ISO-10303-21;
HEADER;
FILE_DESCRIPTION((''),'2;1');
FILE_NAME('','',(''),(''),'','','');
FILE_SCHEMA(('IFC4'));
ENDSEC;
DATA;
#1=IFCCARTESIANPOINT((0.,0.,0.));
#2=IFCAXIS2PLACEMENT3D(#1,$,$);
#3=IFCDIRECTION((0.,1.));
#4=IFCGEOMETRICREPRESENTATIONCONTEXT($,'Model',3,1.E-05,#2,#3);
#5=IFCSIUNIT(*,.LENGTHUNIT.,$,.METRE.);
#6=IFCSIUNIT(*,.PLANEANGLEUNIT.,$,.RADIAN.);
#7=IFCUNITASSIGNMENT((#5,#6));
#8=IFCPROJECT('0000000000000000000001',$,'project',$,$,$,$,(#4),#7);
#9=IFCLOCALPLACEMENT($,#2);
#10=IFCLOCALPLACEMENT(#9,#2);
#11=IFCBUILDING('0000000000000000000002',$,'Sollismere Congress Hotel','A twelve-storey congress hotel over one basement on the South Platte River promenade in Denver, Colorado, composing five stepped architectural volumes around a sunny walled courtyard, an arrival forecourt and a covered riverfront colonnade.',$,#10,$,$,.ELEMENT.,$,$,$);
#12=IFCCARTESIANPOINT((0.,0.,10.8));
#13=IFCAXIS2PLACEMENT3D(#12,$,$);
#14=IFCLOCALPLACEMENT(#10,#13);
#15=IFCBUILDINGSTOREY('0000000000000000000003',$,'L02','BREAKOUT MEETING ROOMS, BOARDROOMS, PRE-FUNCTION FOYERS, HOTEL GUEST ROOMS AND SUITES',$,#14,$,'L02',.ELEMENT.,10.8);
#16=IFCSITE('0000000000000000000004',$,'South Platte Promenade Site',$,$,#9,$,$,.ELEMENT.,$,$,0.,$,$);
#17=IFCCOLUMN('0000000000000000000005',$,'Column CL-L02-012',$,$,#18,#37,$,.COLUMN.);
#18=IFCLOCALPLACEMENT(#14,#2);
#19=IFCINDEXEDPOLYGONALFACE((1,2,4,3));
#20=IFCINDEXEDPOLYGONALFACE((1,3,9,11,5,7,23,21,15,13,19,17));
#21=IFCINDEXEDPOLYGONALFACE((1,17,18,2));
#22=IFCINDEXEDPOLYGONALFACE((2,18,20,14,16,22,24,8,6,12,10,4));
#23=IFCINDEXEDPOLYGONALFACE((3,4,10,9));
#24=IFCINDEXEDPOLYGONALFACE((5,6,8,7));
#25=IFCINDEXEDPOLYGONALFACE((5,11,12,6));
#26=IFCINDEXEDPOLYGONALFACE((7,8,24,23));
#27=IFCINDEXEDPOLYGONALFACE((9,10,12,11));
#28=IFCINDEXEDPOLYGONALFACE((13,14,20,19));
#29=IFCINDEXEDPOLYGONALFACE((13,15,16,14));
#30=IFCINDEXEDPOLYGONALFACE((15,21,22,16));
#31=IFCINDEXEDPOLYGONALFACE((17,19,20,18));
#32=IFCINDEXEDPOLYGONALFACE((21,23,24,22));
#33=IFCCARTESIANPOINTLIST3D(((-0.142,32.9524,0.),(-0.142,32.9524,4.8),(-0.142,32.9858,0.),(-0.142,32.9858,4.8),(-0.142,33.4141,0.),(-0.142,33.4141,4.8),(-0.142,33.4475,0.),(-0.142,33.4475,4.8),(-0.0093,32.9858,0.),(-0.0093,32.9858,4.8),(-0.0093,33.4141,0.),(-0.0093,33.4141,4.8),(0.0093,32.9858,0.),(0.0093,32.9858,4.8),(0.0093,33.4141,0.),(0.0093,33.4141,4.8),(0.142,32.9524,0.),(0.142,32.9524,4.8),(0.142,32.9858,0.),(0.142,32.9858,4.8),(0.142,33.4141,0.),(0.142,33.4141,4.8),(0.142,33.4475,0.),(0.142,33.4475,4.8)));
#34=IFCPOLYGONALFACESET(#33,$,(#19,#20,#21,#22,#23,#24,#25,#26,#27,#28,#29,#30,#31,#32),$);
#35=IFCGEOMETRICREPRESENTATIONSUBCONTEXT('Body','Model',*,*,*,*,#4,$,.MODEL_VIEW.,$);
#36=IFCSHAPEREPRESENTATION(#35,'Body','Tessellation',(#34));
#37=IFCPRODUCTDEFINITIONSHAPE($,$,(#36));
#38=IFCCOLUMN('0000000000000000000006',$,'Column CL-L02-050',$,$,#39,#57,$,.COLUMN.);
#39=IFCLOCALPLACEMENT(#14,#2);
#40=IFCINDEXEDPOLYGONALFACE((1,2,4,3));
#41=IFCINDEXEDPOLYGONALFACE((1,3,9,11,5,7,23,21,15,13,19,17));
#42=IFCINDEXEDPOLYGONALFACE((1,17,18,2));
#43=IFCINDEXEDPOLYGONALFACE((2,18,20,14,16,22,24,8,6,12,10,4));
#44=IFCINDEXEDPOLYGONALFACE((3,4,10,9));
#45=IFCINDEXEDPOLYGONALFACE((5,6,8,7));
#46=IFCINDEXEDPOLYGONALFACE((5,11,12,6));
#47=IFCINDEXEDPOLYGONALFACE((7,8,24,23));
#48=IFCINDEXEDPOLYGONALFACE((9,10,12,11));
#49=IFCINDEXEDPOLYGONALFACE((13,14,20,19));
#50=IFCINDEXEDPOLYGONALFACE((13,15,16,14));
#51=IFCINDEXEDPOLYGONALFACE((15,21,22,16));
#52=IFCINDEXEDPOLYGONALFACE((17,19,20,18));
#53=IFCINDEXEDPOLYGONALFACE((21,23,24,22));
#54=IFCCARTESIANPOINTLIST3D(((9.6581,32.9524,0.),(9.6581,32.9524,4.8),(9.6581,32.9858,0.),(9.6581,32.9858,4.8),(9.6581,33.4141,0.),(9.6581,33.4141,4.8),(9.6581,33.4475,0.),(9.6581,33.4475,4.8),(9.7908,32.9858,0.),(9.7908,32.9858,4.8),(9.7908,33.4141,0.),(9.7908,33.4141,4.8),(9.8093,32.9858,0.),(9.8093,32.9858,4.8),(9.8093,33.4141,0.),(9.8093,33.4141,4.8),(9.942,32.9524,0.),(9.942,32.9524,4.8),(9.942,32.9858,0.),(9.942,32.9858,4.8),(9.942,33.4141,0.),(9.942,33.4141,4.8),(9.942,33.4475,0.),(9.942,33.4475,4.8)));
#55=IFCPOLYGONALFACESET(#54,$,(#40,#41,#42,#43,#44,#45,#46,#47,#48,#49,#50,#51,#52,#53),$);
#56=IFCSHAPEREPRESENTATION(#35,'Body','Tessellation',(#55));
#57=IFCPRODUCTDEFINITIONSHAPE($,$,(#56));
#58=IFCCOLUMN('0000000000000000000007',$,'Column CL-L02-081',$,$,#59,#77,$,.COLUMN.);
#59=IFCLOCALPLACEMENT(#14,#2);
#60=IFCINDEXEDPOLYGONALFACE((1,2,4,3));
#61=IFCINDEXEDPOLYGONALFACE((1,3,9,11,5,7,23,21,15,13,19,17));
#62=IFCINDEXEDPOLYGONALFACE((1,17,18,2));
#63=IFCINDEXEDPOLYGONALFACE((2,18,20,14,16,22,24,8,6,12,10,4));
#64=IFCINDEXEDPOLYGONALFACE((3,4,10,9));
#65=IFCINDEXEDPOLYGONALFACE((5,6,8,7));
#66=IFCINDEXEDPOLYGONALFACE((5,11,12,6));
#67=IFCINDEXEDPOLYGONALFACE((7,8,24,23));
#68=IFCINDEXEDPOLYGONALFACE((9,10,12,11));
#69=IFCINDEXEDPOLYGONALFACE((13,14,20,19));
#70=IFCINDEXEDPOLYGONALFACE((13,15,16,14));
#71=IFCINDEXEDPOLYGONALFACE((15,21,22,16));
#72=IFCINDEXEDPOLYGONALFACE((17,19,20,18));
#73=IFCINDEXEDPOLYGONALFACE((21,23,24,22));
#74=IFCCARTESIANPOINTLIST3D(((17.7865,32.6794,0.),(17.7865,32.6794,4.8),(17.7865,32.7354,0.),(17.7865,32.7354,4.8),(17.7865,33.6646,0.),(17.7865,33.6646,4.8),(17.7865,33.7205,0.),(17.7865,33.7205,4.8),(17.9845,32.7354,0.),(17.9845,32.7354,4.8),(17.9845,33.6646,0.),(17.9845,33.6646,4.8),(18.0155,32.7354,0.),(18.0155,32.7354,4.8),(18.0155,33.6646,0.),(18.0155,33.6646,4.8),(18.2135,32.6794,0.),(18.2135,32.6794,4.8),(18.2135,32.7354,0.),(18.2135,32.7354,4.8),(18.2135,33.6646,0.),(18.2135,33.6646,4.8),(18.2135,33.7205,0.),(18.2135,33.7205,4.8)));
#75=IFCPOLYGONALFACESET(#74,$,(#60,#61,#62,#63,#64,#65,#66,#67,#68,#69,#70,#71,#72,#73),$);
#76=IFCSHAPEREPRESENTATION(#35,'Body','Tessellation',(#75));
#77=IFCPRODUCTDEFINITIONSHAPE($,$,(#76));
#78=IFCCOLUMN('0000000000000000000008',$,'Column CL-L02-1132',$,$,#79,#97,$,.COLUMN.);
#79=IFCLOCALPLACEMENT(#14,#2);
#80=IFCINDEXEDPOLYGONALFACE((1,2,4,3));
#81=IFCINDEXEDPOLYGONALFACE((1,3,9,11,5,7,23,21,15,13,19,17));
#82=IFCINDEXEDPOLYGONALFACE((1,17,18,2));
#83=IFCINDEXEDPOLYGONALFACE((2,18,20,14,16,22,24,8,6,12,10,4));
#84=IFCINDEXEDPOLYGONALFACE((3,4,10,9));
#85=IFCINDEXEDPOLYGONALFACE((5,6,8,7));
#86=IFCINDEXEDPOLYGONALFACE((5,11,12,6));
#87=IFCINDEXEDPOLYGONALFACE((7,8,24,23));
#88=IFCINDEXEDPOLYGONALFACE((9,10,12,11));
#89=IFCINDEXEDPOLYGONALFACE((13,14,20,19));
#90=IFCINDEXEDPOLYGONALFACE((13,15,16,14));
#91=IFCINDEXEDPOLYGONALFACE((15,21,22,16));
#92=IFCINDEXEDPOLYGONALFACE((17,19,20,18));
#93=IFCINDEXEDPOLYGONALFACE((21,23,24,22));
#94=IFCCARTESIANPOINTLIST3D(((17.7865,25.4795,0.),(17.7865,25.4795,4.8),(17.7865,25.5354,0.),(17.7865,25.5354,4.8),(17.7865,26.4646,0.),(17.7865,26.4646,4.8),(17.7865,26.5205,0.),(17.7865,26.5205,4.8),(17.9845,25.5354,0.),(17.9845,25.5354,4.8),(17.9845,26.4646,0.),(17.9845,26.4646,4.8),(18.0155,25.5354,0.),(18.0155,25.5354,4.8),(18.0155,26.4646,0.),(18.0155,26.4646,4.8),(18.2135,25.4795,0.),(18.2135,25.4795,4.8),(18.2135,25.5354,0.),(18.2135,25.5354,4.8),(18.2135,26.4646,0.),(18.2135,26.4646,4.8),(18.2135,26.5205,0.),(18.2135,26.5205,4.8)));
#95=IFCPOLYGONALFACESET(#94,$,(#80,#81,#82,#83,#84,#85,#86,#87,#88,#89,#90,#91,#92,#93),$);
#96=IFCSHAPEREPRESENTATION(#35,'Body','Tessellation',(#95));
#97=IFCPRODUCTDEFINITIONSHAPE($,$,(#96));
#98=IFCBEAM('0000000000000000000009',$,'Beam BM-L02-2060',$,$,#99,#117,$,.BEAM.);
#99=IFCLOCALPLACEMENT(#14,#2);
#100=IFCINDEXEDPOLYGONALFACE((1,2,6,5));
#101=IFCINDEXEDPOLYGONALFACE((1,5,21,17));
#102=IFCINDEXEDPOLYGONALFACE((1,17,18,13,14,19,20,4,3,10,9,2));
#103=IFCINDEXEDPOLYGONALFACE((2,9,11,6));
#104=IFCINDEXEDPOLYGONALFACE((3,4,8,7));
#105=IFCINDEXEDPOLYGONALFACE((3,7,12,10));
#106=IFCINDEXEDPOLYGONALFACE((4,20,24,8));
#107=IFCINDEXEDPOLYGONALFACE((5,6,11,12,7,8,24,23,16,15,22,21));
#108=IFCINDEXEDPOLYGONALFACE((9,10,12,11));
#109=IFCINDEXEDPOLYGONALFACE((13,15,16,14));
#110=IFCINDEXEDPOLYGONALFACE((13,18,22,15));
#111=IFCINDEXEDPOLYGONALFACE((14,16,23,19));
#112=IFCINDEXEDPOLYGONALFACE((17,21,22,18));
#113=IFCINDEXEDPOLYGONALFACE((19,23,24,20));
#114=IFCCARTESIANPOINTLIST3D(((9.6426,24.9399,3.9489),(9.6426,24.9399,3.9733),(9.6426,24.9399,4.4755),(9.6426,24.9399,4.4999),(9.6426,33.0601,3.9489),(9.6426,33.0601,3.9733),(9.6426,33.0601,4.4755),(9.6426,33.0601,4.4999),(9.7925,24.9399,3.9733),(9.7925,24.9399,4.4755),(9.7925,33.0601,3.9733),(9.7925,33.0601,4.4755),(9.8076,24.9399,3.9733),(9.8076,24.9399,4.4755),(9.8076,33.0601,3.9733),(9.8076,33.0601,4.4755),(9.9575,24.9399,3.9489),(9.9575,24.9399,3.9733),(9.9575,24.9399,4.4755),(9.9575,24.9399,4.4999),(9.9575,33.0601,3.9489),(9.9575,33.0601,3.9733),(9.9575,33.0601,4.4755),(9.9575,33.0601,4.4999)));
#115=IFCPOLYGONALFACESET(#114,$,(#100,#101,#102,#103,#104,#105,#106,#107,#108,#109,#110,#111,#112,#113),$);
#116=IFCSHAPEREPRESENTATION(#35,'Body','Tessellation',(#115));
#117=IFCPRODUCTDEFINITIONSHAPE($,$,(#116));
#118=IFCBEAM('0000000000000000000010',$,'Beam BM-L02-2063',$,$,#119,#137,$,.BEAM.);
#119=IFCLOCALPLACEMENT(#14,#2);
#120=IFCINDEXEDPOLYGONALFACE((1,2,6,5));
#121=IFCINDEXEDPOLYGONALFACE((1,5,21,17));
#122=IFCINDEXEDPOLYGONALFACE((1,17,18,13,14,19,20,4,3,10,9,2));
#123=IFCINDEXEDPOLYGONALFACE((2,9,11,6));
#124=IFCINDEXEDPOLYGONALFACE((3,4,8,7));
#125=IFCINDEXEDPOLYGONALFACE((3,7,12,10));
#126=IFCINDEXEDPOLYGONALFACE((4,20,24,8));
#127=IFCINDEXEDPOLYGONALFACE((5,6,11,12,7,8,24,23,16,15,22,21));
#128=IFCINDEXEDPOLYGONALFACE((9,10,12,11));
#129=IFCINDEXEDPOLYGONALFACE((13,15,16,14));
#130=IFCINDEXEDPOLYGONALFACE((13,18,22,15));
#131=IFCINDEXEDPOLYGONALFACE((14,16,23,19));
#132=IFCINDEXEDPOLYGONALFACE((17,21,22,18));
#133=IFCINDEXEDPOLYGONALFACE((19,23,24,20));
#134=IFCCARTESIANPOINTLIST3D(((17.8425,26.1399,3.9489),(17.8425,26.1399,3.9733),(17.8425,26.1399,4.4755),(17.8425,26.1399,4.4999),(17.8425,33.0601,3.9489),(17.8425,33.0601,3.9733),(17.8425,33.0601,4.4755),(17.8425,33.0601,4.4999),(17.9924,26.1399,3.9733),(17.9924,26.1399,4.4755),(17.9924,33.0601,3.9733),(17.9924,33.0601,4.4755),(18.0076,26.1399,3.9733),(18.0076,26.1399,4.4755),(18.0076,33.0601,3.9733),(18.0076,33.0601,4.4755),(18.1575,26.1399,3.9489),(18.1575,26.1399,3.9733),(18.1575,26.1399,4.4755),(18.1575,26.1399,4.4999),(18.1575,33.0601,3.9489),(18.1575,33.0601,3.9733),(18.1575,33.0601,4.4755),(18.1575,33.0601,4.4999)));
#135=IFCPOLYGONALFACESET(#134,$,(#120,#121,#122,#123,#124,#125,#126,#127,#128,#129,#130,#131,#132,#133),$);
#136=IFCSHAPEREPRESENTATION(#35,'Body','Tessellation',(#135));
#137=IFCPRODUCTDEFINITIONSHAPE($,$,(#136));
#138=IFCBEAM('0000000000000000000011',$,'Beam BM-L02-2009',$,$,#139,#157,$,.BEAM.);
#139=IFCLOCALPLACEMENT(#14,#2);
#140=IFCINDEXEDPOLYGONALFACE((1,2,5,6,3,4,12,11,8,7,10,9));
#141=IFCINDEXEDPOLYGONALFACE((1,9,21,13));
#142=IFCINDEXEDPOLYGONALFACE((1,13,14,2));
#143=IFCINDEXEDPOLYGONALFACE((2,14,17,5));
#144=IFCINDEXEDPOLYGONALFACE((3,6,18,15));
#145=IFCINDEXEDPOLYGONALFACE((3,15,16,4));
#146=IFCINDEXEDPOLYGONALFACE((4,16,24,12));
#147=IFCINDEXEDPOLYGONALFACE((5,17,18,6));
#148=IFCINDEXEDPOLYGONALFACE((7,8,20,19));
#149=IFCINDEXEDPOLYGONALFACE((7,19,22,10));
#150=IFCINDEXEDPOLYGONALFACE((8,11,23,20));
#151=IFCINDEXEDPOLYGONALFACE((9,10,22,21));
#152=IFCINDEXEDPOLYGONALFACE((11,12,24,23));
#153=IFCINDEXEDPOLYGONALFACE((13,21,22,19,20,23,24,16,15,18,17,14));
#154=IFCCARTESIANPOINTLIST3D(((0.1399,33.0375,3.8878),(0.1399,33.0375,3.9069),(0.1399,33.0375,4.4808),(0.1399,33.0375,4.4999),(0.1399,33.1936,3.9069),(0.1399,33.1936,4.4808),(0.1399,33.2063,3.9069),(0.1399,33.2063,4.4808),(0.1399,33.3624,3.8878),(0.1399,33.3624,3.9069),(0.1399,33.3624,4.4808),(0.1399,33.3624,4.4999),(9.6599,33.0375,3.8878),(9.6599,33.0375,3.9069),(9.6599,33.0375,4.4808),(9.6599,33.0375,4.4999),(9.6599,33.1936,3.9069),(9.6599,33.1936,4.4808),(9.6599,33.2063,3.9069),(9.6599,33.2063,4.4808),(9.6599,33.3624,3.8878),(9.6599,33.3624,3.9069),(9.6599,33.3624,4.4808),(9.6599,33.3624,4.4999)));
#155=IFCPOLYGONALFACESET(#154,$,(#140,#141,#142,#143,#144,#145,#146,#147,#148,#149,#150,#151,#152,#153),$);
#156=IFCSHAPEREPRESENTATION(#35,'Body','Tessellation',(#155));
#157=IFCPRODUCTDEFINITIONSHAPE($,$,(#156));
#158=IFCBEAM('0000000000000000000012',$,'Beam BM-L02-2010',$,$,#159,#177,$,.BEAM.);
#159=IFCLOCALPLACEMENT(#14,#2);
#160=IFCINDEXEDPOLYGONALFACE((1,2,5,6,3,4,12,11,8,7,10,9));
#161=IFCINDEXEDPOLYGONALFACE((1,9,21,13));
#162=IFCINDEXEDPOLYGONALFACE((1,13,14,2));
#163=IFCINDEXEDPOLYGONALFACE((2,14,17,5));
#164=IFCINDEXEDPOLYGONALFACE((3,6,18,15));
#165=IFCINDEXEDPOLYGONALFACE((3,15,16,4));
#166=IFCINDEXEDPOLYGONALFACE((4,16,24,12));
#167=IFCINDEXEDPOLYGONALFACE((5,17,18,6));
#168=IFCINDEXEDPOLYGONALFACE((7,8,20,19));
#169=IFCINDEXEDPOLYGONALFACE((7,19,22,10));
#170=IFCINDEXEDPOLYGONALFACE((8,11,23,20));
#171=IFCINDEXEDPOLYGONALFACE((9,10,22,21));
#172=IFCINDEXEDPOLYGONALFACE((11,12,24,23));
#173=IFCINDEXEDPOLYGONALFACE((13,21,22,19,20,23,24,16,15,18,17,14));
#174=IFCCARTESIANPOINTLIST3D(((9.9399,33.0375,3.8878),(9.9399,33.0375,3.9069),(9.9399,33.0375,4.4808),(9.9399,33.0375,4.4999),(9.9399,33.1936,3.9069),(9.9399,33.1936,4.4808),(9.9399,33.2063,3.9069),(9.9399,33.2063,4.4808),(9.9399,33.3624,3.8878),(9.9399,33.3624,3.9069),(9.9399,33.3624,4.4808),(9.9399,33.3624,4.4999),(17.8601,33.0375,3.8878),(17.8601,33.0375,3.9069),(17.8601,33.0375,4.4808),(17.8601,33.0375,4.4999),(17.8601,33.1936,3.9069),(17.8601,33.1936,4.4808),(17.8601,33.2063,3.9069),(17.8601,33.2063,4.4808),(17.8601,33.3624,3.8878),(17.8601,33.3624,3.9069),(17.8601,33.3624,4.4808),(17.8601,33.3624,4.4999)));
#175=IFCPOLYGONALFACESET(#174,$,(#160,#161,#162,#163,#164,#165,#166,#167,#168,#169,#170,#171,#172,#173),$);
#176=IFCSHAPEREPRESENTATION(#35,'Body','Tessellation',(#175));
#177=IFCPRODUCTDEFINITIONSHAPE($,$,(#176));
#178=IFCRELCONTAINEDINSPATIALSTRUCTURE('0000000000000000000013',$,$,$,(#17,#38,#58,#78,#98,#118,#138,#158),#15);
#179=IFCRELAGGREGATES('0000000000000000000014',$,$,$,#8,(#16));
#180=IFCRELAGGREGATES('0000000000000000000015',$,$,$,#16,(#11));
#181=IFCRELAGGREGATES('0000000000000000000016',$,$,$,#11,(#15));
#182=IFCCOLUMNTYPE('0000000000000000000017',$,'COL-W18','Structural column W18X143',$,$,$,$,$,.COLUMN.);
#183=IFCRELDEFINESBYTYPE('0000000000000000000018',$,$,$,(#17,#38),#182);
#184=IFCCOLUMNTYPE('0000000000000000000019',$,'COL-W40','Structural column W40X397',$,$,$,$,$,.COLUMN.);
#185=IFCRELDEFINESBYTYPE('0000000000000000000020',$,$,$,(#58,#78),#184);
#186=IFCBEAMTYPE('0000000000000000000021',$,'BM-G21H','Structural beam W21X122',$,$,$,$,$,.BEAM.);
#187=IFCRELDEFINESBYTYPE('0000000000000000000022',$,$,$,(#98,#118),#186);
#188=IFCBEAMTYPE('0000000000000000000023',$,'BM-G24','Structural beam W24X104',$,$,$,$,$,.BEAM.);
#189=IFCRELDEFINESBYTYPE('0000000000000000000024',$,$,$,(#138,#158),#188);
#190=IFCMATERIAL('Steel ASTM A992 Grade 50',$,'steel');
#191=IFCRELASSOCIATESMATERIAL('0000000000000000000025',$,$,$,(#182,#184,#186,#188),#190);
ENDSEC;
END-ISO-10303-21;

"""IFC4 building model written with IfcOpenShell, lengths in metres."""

from ifc_helpers import new_model, si_unit, direction, frame, origin, origin_2d, place, context, subcontext, project, spatial, i_section, extrude, material, material_profile, profile_set, type_object, element, save


model = new_model("IFC4")

# Units and contexts
model_context = context("Model", 3, precision=1e-05, world=origin(), true_north=direction((0.0, 1.0)))
body_context = subcontext(model_context, "Body", "Model", "MODEL_VIEW")
ifc_project = project(units=[si_unit("LENGTHUNIT", "METRE"), si_unit("PLANEANGLEUNIT", "RADIAN")], contexts=[model_context])

# Site, building, storey
site_placement = place(None, origin())
site = spatial("IfcSite", under=ifc_project, at=site_placement, Name="South Platte Promenade Site", CompositionType="ELEMENT", RefElevation=0.0)
building_placement = place(site_placement, origin())
building = spatial("IfcBuilding", under=site, at=building_placement, Name="Sollismere Congress Hotel", Description="A twelve-storey congress hotel over one basement on the South Platte River promenade in Denver, Colorado, composing five stepped architectural volumes around a sunny walled courtyard, an arrival forecourt and a covered riverfront colonnade.", CompositionType="ELEMENT")
storey_placement = place(building_placement, frame((0.0, 0.0, 10.8)))
storey = spatial("IfcBuildingStorey", under=building, at=storey_placement, Name="L02", Description="BREAKOUT MEETING ROOMS, BOARDROOMS, PRE-FUNCTION FOYERS, HOTEL GUEST ROOMS AND SUITES", LongName="L02", CompositionType="ELEMENT", Elevation=10.8)

# Columns
ifc_material_1 = material(Name="Steel ASTM A992 Grade 50", Category="steel")
ifc_material_profile_1 = material_profile(ifc_material_1, i_section(OverallWidth=0.2839, OverallDepth=0.4951, WebThickness=0.0186, FlangeThickness=0.0334, at=origin_2d()), Name="W18X143")
ifc_profile_set_1 = profile_set([ifc_material_profile_1], Name="Steel ASTM A992 Grade 50")
column_type_1 = type_object("IfcColumnType", Name="COL-W18", Description="Structural column W18X143", PredefinedType="COLUMN", material=ifc_profile_set_1)
for number, where, z_axis, x_axis, name in (
    (1, (0.0, 33.2, 0.0), (0.0, 0.0, 1.0), (1.0, 0.0, 0.0), "Column CL-L02-012"),
    (2, (9.8, 33.2, 0.0), (0.0, 0.0, 1.0), (1.0, 0.0, 0.0), "Column CL-L02-050"),
):
    element("IfcColumn", number, at=place(storey_placement, frame(where, z_axis=z_axis, x_axis=x_axis)), inside=storey, type_object=column_type_1, Name=name, PredefinedType="COLUMN", context=body_context, shape_type="SweptSolid", body=[
        extrude(i_section(OverallWidth=0.2839, OverallDepth=0.4951, WebThickness=0.0186, FlangeThickness=0.0334, at=origin_2d()), origin(), (0.0, 0.0, 1.0), 4.8),
    ])
ifc_material_profile_2 = material_profile(ifc_material_1, i_section(OverallWidth=0.427, OverallDepth=1.041, WebThickness=0.031, FlangeThickness=0.0559, at=origin_2d()), Name="W40X397")
ifc_profile_set_2 = profile_set([ifc_material_profile_2], Name="Steel ASTM A992 Grade 50")
column_type_2 = type_object("IfcColumnType", Name="COL-W40", Description="Structural column W40X397", PredefinedType="COLUMN", material=ifc_profile_set_2)
for number, where, z_axis, x_axis, name in (
    (3, (18.0, 33.2, 0.0), (0.0, 0.0, 1.0), (1.0, 0.0, 0.0), "Column CL-L02-081"),
    (4, (18.0, 26.0, 0.0), (0.0, 0.0, 1.0), (1.0, 0.0, 0.0), "Column CL-L02-1132"),
):
    element("IfcColumn", number, at=place(storey_placement, frame(where, z_axis=z_axis, x_axis=x_axis)), inside=storey, type_object=column_type_2, Name=name, PredefinedType="COLUMN", context=body_context, shape_type="SweptSolid", body=[
        extrude(i_section(OverallWidth=0.427, OverallDepth=1.041, WebThickness=0.031, FlangeThickness=0.0559, at=origin_2d()), origin(), (0.0, 0.0, 1.0), 4.8),
    ])

# Beams
ifc_material_profile_3 = material_profile(ifc_material_1, i_section(OverallWidth=0.3149, OverallDepth=0.551, WebThickness=0.0151, FlangeThickness=0.0244, at=origin_2d()), Name="W21X122")
ifc_profile_set_3 = profile_set([ifc_material_profile_3], Name="Steel ASTM A992 Grade 50")
beam_type_1 = type_object("IfcBeamType", Name="BM-G21H", Description="Structural beam W21X122", PredefinedType="BEAM", material=ifc_profile_set_3)
beam_1_placement = place(storey_placement, frame((9.8, 24.9399, 4.2244), z_axis=(0.0, 1.0, 0.0), x_axis=(-1.0, 0.0, 0.0)))
element("IfcBeam", 5, at=beam_1_placement, inside=storey, type_object=beam_type_1, Name="Beam BM-L02-2060", PredefinedType="BEAM", context=body_context, shape_type="SweptSolid", body=[
    extrude(i_section(OverallWidth=0.3149, OverallDepth=0.551, WebThickness=0.0151, FlangeThickness=0.0244, at=origin_2d()), origin(), (0.0, 0.0, 1.0), 8.1201),
])
beam_2_placement = place(storey_placement, frame((18.0, 26.1399, 4.2244), z_axis=(0.0, 1.0, 0.0), x_axis=(-1.0, 0.0, 0.0)))
element("IfcBeam", 6, at=beam_2_placement, inside=storey, type_object=beam_type_1, Name="Beam BM-L02-2063", PredefinedType="BEAM", context=body_context, shape_type="SweptSolid", body=[
    extrude(i_section(OverallWidth=0.3149, OverallDepth=0.551, WebThickness=0.0151, FlangeThickness=0.0244, at=origin_2d()), origin(), (0.0, 0.0, 1.0), 6.9202),
])
ifc_material_profile_4 = material_profile(ifc_material_1, i_section(OverallWidth=0.325, OverallDepth=0.6121, WebThickness=0.0127, FlangeThickness=0.019, at=origin_2d()), Name="W24X104")
ifc_profile_set_4 = profile_set([ifc_material_profile_4], Name="Steel ASTM A992 Grade 50")
beam_type_2 = type_object("IfcBeamType", Name="BM-G24", Description="Structural beam W24X104", PredefinedType="BEAM", material=ifc_profile_set_4)
beam_3_placement = place(storey_placement, frame((0.1399, 33.2, 4.1938), z_axis=(1.0, 0.0, 0.0), x_axis=(0.0, 1.0, 0.0)))
element("IfcBeam", 7, at=beam_3_placement, inside=storey, type_object=beam_type_2, Name="Beam BM-L02-2009", PredefinedType="BEAM", context=body_context, shape_type="SweptSolid", body=[
    extrude(i_section(OverallWidth=0.325, OverallDepth=0.6121, WebThickness=0.0127, FlangeThickness=0.019, at=origin_2d()), origin(), (0.0, 0.0, 1.0), 9.52),
])
beam_4_placement = place(storey_placement, frame((9.9399, 33.2, 4.1938), z_axis=(1.0, 0.0, 0.0), x_axis=(0.0, 1.0, 0.0)))
element("IfcBeam", 8, at=beam_4_placement, inside=storey, type_object=beam_type_2, Name="Beam BM-L02-2010", PredefinedType="BEAM", context=body_context, shape_type="SweptSolid", body=[
    extrude(i_section(OverallWidth=0.325, OverallDepth=0.6121, WebThickness=0.0127, FlangeThickness=0.019, at=origin_2d()), origin(), (0.0, 0.0, 1.0), 7.9202),
])

save(model, "model.ifc")
